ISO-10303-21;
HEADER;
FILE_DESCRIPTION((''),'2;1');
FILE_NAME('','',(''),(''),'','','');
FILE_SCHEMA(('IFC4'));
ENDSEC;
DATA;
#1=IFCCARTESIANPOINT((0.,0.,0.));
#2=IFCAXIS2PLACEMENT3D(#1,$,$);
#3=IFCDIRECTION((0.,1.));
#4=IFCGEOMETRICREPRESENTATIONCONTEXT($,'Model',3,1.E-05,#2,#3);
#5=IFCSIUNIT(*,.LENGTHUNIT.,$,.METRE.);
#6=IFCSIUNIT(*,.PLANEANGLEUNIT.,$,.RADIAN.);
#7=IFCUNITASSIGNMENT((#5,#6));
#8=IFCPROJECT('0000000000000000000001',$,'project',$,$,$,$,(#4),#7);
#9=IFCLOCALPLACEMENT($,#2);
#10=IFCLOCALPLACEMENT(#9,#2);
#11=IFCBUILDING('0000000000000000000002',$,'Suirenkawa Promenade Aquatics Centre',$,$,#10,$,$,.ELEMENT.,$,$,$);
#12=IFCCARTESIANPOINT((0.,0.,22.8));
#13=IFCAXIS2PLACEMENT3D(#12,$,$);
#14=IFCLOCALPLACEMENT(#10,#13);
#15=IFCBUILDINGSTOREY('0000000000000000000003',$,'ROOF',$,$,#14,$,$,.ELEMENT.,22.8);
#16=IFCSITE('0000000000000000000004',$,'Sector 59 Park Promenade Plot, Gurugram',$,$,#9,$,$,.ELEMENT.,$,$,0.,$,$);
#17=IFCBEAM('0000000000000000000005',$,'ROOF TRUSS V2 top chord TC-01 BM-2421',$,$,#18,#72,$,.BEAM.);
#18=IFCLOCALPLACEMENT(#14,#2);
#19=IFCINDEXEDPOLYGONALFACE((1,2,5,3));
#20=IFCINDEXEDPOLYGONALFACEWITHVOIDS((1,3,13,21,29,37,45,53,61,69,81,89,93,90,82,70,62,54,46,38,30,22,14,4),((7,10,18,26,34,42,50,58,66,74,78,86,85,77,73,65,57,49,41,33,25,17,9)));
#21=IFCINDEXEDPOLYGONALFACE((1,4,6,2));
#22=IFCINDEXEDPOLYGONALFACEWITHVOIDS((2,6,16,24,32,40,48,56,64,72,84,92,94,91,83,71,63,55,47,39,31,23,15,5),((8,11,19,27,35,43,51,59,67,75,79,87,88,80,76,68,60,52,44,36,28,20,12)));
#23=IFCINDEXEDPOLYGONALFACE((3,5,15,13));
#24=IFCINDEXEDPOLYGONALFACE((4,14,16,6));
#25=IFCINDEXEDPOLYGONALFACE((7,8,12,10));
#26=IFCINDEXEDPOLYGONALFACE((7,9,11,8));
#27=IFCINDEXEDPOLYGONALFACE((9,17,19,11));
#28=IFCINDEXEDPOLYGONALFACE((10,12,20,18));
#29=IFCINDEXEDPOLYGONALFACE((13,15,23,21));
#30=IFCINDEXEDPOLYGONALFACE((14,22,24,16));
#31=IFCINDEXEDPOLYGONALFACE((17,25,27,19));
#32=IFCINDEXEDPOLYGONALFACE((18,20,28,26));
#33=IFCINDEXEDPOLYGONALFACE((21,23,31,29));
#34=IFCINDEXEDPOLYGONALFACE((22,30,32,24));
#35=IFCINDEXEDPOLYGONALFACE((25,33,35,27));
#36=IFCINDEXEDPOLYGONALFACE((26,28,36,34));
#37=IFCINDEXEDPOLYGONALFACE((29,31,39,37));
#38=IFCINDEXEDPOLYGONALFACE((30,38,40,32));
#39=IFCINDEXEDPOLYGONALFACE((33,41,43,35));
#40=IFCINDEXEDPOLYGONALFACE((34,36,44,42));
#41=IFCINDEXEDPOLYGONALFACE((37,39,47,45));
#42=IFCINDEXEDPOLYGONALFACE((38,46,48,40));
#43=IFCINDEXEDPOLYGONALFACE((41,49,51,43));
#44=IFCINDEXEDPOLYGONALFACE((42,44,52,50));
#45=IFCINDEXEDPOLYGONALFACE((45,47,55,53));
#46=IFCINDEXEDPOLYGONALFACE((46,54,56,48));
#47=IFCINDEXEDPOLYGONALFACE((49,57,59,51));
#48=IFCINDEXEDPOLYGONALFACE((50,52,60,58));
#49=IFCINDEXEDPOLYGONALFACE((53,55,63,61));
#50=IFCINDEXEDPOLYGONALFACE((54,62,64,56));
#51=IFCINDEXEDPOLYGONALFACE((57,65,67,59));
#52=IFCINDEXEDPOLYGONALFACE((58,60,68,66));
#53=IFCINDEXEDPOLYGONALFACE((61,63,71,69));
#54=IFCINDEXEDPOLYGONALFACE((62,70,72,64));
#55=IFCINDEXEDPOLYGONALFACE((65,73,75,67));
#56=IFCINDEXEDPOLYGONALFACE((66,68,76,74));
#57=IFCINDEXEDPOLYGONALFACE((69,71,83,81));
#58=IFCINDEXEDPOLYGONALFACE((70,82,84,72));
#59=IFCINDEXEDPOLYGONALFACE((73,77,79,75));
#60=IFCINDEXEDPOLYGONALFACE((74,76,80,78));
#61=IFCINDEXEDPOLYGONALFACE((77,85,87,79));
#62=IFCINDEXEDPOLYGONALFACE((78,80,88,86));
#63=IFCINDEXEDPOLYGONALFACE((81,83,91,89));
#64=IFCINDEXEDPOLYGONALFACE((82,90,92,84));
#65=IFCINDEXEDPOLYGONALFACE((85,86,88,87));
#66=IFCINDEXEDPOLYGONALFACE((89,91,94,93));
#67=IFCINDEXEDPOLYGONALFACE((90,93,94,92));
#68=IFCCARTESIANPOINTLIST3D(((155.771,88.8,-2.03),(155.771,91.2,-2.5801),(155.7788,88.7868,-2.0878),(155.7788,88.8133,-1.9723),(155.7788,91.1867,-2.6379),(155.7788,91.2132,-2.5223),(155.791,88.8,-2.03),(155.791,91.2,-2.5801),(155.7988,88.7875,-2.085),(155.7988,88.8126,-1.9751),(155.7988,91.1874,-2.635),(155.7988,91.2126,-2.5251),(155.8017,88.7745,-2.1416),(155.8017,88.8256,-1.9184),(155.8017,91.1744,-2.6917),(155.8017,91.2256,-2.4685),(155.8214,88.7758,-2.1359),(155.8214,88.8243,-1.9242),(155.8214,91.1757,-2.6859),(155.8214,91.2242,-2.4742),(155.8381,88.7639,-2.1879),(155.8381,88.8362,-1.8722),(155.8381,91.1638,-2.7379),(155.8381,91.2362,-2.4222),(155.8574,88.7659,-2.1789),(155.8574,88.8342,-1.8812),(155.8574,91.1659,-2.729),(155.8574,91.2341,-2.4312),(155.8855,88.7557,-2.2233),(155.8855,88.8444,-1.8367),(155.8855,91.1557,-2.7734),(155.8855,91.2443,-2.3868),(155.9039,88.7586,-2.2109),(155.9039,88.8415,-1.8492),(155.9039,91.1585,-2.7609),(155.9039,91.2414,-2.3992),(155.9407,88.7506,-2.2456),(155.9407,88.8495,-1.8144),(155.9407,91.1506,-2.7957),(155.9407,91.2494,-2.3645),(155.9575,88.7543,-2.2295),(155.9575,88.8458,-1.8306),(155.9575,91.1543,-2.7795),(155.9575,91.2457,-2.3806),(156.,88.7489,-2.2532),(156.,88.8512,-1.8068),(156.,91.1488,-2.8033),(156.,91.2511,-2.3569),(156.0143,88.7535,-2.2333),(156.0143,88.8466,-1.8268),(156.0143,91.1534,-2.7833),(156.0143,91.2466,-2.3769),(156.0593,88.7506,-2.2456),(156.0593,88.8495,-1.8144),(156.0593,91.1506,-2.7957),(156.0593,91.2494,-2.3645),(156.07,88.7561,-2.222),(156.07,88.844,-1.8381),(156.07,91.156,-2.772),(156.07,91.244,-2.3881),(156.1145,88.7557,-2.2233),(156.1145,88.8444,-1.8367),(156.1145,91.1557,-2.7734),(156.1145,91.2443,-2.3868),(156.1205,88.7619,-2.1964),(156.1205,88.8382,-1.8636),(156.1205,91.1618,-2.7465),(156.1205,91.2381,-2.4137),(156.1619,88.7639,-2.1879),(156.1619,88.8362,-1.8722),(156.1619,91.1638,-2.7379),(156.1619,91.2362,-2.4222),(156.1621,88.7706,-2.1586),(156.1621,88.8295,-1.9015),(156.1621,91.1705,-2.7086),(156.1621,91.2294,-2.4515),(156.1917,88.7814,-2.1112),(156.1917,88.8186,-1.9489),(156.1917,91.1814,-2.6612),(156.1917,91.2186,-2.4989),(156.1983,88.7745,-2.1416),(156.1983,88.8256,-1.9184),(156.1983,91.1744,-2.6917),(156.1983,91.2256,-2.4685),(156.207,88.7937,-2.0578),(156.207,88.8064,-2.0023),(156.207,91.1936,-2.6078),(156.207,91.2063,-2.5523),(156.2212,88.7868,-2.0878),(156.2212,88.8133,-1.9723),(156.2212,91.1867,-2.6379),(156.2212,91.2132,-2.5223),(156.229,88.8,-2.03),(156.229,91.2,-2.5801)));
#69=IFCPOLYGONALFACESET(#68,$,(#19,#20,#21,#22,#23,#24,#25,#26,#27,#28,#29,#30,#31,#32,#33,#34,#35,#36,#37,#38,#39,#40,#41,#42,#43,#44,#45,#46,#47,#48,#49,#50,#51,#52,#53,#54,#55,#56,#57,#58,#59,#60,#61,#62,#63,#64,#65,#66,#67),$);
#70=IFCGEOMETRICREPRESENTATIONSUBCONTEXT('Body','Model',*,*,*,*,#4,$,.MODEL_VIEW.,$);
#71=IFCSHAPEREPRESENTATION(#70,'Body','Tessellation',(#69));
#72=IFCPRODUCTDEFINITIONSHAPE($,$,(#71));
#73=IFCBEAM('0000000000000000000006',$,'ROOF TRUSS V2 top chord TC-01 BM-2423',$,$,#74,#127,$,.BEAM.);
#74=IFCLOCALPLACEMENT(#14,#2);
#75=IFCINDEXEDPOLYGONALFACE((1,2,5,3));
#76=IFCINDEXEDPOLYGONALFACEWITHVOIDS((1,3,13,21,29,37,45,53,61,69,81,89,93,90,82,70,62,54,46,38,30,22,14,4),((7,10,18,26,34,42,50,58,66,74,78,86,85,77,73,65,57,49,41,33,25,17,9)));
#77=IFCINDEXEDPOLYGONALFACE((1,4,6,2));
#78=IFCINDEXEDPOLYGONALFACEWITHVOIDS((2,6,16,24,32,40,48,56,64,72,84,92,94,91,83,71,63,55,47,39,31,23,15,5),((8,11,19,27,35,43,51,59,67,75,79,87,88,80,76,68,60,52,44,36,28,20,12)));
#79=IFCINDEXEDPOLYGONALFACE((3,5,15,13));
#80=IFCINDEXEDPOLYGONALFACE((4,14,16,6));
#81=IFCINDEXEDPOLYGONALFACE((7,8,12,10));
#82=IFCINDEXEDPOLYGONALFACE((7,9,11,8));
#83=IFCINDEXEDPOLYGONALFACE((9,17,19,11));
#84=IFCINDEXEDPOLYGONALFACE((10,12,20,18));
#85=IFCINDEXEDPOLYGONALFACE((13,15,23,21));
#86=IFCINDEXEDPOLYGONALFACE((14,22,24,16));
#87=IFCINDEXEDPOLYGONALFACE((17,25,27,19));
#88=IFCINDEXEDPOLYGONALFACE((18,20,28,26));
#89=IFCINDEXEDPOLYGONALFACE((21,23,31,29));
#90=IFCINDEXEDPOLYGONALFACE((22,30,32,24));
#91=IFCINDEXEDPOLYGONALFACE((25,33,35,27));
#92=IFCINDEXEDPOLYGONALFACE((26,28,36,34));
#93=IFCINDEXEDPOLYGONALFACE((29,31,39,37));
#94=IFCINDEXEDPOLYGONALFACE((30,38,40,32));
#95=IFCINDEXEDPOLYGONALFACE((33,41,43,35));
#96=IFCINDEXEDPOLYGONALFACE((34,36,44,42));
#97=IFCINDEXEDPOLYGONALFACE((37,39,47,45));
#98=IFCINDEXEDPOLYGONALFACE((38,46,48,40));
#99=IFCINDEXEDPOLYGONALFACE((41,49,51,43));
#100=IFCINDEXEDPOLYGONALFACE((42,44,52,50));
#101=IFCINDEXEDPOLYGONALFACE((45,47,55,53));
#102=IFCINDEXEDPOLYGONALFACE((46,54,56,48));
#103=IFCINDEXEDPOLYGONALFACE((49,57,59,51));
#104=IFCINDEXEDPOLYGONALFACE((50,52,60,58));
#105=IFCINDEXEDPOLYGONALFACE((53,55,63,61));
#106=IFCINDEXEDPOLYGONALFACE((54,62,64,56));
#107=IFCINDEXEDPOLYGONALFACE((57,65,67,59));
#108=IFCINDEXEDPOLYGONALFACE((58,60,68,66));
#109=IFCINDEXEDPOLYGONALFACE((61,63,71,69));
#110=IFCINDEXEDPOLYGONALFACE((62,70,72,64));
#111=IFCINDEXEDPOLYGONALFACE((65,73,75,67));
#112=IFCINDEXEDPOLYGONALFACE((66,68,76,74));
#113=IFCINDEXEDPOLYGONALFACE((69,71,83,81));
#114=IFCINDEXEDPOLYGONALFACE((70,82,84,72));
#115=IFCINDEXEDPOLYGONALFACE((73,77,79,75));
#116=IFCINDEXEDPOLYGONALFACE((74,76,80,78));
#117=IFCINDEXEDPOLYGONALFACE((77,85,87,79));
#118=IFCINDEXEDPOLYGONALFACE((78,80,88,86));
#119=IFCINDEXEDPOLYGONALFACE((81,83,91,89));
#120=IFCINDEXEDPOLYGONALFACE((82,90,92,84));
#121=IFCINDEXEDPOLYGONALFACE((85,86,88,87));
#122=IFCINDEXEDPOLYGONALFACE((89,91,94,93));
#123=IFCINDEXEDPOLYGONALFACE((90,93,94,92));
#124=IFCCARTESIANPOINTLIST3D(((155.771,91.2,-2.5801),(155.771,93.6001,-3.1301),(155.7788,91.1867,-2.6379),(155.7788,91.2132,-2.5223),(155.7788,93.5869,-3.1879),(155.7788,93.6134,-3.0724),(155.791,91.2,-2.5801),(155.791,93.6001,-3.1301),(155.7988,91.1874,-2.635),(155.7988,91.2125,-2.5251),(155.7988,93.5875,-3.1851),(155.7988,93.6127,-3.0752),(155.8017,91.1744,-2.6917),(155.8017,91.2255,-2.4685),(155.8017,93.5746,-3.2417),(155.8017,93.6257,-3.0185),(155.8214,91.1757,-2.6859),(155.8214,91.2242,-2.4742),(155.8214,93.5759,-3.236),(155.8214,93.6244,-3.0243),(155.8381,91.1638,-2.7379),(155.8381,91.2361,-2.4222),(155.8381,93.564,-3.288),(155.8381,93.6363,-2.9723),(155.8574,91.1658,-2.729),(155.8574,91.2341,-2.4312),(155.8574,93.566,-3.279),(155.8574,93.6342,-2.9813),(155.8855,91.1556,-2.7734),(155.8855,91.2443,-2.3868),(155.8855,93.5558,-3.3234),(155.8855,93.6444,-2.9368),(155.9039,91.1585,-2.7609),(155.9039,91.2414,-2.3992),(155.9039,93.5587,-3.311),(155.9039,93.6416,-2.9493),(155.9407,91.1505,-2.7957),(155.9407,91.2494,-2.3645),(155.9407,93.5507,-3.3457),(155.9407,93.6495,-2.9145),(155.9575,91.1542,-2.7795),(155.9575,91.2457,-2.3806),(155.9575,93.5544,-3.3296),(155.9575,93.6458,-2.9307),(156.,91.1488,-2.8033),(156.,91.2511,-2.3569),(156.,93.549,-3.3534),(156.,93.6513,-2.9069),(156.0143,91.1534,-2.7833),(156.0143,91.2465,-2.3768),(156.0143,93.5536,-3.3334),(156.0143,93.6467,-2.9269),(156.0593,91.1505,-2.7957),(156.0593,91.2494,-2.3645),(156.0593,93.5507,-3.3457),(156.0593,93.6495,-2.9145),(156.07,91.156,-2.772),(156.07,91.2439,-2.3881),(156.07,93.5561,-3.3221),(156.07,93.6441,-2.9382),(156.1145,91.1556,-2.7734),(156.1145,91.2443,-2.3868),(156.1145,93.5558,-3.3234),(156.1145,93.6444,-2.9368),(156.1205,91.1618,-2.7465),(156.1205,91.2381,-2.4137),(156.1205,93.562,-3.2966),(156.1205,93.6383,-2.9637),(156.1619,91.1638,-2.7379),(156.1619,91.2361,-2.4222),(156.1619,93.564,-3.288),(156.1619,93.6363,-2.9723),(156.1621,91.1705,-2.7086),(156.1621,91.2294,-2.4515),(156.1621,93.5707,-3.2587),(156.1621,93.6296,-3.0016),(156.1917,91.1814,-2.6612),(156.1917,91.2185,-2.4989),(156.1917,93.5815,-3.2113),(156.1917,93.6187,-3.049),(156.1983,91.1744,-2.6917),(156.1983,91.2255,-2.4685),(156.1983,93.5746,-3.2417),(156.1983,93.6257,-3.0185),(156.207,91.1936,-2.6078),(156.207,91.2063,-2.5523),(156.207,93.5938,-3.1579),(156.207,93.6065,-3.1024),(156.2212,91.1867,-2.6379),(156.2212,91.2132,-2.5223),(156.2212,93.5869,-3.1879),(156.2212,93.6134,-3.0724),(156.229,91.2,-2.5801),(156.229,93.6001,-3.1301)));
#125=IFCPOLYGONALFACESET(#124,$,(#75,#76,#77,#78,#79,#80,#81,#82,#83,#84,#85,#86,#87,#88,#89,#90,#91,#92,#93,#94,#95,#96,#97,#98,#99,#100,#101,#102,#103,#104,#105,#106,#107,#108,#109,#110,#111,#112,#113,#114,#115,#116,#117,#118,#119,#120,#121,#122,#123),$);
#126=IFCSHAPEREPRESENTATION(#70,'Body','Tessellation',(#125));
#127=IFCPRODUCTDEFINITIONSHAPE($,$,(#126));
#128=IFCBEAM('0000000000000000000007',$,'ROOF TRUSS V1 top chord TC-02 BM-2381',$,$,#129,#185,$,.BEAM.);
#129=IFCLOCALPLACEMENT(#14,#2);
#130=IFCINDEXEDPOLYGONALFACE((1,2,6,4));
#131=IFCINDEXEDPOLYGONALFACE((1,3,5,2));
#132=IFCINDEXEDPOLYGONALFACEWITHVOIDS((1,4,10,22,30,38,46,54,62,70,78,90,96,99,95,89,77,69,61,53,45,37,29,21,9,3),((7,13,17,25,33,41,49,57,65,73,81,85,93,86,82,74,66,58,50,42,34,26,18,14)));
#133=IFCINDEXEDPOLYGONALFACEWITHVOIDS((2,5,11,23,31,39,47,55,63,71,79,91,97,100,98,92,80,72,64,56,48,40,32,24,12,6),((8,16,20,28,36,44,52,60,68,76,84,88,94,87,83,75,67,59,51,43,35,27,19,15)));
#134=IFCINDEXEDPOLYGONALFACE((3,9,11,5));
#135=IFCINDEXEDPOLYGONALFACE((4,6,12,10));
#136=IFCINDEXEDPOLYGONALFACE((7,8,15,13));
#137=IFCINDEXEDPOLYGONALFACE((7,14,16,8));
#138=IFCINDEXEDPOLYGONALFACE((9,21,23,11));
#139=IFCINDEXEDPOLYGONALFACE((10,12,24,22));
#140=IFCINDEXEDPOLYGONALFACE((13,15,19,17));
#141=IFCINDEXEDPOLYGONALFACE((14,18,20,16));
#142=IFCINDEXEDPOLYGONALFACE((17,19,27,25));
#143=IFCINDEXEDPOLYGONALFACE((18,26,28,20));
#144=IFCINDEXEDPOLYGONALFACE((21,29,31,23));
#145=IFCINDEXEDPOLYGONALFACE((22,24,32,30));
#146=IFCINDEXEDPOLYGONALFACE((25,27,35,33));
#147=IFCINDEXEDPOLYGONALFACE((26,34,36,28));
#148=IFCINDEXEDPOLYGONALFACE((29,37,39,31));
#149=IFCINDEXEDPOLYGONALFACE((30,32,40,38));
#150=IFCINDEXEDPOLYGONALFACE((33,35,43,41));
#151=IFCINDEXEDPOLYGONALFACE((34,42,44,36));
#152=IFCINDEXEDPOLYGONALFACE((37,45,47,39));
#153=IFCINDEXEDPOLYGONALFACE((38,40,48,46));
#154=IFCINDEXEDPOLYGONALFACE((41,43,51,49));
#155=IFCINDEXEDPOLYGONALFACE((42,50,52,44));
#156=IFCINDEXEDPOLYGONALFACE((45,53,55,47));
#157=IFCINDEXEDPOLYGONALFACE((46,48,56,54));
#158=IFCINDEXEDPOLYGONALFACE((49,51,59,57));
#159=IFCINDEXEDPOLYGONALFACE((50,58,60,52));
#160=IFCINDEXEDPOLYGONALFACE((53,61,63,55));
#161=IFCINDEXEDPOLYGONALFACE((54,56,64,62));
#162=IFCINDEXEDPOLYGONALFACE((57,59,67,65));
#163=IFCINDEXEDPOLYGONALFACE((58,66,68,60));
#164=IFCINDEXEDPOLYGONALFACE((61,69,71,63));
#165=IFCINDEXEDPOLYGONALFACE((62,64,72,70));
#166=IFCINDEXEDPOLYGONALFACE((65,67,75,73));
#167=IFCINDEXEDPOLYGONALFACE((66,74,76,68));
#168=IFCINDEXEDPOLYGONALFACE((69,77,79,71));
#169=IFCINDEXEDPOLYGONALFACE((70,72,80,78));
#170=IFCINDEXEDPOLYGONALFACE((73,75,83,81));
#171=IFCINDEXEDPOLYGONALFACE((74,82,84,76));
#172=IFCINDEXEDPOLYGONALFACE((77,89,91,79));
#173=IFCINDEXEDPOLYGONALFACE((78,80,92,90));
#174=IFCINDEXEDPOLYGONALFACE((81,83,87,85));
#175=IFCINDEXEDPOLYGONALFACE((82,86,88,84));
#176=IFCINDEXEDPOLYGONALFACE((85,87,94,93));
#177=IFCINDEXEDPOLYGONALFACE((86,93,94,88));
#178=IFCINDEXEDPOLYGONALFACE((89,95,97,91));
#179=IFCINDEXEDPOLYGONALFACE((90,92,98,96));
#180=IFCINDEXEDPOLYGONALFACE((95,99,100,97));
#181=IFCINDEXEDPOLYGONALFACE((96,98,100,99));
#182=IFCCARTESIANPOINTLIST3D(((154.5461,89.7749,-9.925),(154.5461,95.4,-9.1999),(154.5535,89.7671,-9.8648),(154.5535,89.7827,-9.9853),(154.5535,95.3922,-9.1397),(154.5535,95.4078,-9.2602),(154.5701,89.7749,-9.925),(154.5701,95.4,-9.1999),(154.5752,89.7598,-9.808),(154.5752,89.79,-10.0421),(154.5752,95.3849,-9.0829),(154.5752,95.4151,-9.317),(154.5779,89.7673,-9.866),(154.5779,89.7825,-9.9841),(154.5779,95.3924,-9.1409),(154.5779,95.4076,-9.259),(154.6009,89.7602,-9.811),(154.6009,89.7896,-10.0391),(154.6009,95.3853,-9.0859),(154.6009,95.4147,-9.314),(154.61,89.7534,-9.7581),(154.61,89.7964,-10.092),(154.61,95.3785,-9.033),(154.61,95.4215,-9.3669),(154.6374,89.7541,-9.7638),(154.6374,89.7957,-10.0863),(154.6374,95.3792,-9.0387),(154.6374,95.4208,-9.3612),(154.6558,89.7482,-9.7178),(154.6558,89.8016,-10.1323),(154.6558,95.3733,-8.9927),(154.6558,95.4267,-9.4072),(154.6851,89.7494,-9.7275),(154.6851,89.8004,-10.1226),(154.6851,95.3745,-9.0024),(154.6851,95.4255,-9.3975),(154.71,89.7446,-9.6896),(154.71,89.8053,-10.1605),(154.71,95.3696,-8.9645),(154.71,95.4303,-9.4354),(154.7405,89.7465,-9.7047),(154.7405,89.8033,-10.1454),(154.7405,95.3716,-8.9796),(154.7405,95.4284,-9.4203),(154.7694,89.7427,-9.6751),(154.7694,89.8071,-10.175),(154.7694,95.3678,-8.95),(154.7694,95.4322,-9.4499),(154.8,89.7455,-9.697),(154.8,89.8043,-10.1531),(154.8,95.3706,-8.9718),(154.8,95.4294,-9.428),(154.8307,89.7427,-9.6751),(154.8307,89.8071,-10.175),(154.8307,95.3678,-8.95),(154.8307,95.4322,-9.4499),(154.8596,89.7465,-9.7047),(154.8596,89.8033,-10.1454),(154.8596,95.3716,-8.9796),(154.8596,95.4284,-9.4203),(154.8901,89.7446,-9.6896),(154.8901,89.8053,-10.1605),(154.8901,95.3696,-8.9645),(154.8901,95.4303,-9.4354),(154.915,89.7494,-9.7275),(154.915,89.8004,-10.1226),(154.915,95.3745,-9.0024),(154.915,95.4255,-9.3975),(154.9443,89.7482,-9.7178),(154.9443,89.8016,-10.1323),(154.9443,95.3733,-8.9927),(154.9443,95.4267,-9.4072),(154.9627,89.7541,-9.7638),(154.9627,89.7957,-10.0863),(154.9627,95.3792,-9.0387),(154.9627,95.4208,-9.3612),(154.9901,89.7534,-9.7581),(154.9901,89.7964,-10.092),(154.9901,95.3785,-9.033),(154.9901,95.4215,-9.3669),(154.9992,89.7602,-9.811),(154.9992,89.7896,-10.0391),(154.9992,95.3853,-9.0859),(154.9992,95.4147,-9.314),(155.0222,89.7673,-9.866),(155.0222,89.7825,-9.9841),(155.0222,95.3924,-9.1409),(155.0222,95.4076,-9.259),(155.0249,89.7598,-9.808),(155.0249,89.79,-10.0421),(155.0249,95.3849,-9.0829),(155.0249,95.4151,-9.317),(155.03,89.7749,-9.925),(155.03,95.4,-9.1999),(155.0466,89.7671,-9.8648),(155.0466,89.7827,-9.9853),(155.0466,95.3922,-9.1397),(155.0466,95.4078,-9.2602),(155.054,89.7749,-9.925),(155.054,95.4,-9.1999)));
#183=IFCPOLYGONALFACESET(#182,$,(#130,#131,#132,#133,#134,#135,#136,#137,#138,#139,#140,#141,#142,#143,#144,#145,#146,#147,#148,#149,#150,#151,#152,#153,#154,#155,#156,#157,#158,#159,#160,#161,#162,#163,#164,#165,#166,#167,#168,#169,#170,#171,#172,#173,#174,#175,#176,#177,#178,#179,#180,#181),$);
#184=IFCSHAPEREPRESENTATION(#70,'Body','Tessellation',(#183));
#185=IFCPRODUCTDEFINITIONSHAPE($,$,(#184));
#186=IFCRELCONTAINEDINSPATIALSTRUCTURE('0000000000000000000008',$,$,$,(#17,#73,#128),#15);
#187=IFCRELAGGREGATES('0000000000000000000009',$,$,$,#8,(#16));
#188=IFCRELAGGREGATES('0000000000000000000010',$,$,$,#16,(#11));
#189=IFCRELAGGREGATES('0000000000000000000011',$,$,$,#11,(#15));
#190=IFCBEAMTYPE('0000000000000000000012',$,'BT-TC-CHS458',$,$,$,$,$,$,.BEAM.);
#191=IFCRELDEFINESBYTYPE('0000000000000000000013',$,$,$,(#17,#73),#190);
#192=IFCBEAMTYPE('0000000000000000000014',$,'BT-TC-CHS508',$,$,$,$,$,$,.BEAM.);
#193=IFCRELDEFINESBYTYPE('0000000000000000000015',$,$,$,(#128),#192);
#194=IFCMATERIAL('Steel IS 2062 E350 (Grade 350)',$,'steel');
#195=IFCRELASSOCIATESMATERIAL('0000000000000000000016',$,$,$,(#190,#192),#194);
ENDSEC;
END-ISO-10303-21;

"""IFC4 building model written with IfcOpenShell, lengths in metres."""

from ifc_helpers import new_model, si_unit, direction, frame, origin, origin_2d, place, context, subcontext, project, spatial, hollow_circle, extrude, material, material_profile, profile_set, type_object, element, save


model = new_model("IFC4")

# Units and contexts
model_context = context("Model", 3, precision=1e-05, world=origin(), true_north=direction((0.0, 1.0)))
body_context = subcontext(model_context, "Body", "Model", "MODEL_VIEW")
ifc_project = project(units=[si_unit("LENGTHUNIT", "METRE"), si_unit("PLANEANGLEUNIT", "RADIAN")], contexts=[model_context])

# Site, building, storey
site_placement = place(None, origin())
site = spatial("IfcSite", under=ifc_project, at=site_placement, Name="Sector 59 Park Promenade Plot, Gurugram", CompositionType="ELEMENT", RefElevation=0.0)
building_placement = place(site_placement, origin())
building = spatial("IfcBuilding", under=site, at=building_placement, Name="Suirenkawa Promenade Aquatics Centre", CompositionType="ELEMENT")
storey_placement = place(building_placement, frame((0.0, 0.0, 22.8)))
storey = spatial("IfcBuildingStorey", under=building, at=storey_placement, Name="ROOF", CompositionType="ELEMENT", Elevation=22.8)

# Beams
ifc_material_1 = material(Name="Steel IS 2062 E350 (Grade 350)", Category="steel")
ifc_material_profile_1 = material_profile(ifc_material_1, hollow_circle(Radius=0.229, WallThickness=0.02, at=origin_2d()), Name="CHS 458x20", Category="steel")
ifc_profile_set_1 = profile_set([ifc_material_profile_1], Name="Steel IS 2062 E350 (Grade 350)")
beam_type_1 = type_object("IfcBeamType", Name="BT-TC-CHS458", PredefinedType="BEAM", material=ifc_profile_set_1)
beam_1_placement = place(storey_placement, frame((156.0, 88.8, -2.03), z_axis=(0.0, 0.974726, -0.223404), x_axis=(-1.0, 0.0, 0.0)))
element("IfcBeam", 1, at=beam_1_placement, inside=storey, type_object=beam_type_1, Name="ROOF TRUSS V2 top chord TC-01 BM-2421", PredefinedType="BEAM", context=body_context, shape_type="SweptSolid", body=[
    extrude(hollow_circle(Radius=0.229, WallThickness=0.02, at=origin_2d()), origin(), (0.0, 0.0, 1.0), 2.4622),
])
beam_2_placement = place(storey_placement, frame((156.0, 91.2, -2.5801), z_axis=(0.0, 0.974731, -0.223382), x_axis=(-1.0, 0.0, 0.0)))
element("IfcBeam", 2, at=beam_2_placement, inside=storey, type_object=beam_type_1, Name="ROOF TRUSS V2 top chord TC-01 BM-2423", PredefinedType="BEAM", context=body_context, shape_type="SweptSolid", body=[
    extrude(hollow_circle(Radius=0.229, WallThickness=0.02, at=origin_2d()), origin(), (0.0, 0.0, 1.0), 2.4624),
])
ifc_material_profile_2 = material_profile(ifc_material_1, hollow_circle(Radius=0.2539, WallThickness=0.0239, at=origin_2d()), Name="CHS 508x24", Category="steel")
ifc_profile_set_2 = profile_set([ifc_material_profile_2], Name="Steel IS 2062 E350 (Grade 350)")
beam_type_2 = type_object("IfcBeamType", Name="BT-TC-CHS508", PredefinedType="BEAM", material=ifc_profile_set_2)
beam_3_placement = place(storey_placement, frame((154.8, 89.7749, -9.925), z_axis=(0.0, 0.991794, 0.127848), x_axis=(-1.0, 0.0, 0.0)))
element("IfcBeam", 3, at=beam_3_placement, inside=storey, type_object=beam_type_2, Name="ROOF TRUSS V1 top chord TC-02 BM-2381", PredefinedType="BEAM", context=body_context, shape_type="SweptSolid", body=[
    extrude(hollow_circle(Radius=0.2539, WallThickness=0.0239, at=origin_2d()), origin(), (0.0, 0.0, 1.0), 5.6716),
])

save(model, "model.ifc")
